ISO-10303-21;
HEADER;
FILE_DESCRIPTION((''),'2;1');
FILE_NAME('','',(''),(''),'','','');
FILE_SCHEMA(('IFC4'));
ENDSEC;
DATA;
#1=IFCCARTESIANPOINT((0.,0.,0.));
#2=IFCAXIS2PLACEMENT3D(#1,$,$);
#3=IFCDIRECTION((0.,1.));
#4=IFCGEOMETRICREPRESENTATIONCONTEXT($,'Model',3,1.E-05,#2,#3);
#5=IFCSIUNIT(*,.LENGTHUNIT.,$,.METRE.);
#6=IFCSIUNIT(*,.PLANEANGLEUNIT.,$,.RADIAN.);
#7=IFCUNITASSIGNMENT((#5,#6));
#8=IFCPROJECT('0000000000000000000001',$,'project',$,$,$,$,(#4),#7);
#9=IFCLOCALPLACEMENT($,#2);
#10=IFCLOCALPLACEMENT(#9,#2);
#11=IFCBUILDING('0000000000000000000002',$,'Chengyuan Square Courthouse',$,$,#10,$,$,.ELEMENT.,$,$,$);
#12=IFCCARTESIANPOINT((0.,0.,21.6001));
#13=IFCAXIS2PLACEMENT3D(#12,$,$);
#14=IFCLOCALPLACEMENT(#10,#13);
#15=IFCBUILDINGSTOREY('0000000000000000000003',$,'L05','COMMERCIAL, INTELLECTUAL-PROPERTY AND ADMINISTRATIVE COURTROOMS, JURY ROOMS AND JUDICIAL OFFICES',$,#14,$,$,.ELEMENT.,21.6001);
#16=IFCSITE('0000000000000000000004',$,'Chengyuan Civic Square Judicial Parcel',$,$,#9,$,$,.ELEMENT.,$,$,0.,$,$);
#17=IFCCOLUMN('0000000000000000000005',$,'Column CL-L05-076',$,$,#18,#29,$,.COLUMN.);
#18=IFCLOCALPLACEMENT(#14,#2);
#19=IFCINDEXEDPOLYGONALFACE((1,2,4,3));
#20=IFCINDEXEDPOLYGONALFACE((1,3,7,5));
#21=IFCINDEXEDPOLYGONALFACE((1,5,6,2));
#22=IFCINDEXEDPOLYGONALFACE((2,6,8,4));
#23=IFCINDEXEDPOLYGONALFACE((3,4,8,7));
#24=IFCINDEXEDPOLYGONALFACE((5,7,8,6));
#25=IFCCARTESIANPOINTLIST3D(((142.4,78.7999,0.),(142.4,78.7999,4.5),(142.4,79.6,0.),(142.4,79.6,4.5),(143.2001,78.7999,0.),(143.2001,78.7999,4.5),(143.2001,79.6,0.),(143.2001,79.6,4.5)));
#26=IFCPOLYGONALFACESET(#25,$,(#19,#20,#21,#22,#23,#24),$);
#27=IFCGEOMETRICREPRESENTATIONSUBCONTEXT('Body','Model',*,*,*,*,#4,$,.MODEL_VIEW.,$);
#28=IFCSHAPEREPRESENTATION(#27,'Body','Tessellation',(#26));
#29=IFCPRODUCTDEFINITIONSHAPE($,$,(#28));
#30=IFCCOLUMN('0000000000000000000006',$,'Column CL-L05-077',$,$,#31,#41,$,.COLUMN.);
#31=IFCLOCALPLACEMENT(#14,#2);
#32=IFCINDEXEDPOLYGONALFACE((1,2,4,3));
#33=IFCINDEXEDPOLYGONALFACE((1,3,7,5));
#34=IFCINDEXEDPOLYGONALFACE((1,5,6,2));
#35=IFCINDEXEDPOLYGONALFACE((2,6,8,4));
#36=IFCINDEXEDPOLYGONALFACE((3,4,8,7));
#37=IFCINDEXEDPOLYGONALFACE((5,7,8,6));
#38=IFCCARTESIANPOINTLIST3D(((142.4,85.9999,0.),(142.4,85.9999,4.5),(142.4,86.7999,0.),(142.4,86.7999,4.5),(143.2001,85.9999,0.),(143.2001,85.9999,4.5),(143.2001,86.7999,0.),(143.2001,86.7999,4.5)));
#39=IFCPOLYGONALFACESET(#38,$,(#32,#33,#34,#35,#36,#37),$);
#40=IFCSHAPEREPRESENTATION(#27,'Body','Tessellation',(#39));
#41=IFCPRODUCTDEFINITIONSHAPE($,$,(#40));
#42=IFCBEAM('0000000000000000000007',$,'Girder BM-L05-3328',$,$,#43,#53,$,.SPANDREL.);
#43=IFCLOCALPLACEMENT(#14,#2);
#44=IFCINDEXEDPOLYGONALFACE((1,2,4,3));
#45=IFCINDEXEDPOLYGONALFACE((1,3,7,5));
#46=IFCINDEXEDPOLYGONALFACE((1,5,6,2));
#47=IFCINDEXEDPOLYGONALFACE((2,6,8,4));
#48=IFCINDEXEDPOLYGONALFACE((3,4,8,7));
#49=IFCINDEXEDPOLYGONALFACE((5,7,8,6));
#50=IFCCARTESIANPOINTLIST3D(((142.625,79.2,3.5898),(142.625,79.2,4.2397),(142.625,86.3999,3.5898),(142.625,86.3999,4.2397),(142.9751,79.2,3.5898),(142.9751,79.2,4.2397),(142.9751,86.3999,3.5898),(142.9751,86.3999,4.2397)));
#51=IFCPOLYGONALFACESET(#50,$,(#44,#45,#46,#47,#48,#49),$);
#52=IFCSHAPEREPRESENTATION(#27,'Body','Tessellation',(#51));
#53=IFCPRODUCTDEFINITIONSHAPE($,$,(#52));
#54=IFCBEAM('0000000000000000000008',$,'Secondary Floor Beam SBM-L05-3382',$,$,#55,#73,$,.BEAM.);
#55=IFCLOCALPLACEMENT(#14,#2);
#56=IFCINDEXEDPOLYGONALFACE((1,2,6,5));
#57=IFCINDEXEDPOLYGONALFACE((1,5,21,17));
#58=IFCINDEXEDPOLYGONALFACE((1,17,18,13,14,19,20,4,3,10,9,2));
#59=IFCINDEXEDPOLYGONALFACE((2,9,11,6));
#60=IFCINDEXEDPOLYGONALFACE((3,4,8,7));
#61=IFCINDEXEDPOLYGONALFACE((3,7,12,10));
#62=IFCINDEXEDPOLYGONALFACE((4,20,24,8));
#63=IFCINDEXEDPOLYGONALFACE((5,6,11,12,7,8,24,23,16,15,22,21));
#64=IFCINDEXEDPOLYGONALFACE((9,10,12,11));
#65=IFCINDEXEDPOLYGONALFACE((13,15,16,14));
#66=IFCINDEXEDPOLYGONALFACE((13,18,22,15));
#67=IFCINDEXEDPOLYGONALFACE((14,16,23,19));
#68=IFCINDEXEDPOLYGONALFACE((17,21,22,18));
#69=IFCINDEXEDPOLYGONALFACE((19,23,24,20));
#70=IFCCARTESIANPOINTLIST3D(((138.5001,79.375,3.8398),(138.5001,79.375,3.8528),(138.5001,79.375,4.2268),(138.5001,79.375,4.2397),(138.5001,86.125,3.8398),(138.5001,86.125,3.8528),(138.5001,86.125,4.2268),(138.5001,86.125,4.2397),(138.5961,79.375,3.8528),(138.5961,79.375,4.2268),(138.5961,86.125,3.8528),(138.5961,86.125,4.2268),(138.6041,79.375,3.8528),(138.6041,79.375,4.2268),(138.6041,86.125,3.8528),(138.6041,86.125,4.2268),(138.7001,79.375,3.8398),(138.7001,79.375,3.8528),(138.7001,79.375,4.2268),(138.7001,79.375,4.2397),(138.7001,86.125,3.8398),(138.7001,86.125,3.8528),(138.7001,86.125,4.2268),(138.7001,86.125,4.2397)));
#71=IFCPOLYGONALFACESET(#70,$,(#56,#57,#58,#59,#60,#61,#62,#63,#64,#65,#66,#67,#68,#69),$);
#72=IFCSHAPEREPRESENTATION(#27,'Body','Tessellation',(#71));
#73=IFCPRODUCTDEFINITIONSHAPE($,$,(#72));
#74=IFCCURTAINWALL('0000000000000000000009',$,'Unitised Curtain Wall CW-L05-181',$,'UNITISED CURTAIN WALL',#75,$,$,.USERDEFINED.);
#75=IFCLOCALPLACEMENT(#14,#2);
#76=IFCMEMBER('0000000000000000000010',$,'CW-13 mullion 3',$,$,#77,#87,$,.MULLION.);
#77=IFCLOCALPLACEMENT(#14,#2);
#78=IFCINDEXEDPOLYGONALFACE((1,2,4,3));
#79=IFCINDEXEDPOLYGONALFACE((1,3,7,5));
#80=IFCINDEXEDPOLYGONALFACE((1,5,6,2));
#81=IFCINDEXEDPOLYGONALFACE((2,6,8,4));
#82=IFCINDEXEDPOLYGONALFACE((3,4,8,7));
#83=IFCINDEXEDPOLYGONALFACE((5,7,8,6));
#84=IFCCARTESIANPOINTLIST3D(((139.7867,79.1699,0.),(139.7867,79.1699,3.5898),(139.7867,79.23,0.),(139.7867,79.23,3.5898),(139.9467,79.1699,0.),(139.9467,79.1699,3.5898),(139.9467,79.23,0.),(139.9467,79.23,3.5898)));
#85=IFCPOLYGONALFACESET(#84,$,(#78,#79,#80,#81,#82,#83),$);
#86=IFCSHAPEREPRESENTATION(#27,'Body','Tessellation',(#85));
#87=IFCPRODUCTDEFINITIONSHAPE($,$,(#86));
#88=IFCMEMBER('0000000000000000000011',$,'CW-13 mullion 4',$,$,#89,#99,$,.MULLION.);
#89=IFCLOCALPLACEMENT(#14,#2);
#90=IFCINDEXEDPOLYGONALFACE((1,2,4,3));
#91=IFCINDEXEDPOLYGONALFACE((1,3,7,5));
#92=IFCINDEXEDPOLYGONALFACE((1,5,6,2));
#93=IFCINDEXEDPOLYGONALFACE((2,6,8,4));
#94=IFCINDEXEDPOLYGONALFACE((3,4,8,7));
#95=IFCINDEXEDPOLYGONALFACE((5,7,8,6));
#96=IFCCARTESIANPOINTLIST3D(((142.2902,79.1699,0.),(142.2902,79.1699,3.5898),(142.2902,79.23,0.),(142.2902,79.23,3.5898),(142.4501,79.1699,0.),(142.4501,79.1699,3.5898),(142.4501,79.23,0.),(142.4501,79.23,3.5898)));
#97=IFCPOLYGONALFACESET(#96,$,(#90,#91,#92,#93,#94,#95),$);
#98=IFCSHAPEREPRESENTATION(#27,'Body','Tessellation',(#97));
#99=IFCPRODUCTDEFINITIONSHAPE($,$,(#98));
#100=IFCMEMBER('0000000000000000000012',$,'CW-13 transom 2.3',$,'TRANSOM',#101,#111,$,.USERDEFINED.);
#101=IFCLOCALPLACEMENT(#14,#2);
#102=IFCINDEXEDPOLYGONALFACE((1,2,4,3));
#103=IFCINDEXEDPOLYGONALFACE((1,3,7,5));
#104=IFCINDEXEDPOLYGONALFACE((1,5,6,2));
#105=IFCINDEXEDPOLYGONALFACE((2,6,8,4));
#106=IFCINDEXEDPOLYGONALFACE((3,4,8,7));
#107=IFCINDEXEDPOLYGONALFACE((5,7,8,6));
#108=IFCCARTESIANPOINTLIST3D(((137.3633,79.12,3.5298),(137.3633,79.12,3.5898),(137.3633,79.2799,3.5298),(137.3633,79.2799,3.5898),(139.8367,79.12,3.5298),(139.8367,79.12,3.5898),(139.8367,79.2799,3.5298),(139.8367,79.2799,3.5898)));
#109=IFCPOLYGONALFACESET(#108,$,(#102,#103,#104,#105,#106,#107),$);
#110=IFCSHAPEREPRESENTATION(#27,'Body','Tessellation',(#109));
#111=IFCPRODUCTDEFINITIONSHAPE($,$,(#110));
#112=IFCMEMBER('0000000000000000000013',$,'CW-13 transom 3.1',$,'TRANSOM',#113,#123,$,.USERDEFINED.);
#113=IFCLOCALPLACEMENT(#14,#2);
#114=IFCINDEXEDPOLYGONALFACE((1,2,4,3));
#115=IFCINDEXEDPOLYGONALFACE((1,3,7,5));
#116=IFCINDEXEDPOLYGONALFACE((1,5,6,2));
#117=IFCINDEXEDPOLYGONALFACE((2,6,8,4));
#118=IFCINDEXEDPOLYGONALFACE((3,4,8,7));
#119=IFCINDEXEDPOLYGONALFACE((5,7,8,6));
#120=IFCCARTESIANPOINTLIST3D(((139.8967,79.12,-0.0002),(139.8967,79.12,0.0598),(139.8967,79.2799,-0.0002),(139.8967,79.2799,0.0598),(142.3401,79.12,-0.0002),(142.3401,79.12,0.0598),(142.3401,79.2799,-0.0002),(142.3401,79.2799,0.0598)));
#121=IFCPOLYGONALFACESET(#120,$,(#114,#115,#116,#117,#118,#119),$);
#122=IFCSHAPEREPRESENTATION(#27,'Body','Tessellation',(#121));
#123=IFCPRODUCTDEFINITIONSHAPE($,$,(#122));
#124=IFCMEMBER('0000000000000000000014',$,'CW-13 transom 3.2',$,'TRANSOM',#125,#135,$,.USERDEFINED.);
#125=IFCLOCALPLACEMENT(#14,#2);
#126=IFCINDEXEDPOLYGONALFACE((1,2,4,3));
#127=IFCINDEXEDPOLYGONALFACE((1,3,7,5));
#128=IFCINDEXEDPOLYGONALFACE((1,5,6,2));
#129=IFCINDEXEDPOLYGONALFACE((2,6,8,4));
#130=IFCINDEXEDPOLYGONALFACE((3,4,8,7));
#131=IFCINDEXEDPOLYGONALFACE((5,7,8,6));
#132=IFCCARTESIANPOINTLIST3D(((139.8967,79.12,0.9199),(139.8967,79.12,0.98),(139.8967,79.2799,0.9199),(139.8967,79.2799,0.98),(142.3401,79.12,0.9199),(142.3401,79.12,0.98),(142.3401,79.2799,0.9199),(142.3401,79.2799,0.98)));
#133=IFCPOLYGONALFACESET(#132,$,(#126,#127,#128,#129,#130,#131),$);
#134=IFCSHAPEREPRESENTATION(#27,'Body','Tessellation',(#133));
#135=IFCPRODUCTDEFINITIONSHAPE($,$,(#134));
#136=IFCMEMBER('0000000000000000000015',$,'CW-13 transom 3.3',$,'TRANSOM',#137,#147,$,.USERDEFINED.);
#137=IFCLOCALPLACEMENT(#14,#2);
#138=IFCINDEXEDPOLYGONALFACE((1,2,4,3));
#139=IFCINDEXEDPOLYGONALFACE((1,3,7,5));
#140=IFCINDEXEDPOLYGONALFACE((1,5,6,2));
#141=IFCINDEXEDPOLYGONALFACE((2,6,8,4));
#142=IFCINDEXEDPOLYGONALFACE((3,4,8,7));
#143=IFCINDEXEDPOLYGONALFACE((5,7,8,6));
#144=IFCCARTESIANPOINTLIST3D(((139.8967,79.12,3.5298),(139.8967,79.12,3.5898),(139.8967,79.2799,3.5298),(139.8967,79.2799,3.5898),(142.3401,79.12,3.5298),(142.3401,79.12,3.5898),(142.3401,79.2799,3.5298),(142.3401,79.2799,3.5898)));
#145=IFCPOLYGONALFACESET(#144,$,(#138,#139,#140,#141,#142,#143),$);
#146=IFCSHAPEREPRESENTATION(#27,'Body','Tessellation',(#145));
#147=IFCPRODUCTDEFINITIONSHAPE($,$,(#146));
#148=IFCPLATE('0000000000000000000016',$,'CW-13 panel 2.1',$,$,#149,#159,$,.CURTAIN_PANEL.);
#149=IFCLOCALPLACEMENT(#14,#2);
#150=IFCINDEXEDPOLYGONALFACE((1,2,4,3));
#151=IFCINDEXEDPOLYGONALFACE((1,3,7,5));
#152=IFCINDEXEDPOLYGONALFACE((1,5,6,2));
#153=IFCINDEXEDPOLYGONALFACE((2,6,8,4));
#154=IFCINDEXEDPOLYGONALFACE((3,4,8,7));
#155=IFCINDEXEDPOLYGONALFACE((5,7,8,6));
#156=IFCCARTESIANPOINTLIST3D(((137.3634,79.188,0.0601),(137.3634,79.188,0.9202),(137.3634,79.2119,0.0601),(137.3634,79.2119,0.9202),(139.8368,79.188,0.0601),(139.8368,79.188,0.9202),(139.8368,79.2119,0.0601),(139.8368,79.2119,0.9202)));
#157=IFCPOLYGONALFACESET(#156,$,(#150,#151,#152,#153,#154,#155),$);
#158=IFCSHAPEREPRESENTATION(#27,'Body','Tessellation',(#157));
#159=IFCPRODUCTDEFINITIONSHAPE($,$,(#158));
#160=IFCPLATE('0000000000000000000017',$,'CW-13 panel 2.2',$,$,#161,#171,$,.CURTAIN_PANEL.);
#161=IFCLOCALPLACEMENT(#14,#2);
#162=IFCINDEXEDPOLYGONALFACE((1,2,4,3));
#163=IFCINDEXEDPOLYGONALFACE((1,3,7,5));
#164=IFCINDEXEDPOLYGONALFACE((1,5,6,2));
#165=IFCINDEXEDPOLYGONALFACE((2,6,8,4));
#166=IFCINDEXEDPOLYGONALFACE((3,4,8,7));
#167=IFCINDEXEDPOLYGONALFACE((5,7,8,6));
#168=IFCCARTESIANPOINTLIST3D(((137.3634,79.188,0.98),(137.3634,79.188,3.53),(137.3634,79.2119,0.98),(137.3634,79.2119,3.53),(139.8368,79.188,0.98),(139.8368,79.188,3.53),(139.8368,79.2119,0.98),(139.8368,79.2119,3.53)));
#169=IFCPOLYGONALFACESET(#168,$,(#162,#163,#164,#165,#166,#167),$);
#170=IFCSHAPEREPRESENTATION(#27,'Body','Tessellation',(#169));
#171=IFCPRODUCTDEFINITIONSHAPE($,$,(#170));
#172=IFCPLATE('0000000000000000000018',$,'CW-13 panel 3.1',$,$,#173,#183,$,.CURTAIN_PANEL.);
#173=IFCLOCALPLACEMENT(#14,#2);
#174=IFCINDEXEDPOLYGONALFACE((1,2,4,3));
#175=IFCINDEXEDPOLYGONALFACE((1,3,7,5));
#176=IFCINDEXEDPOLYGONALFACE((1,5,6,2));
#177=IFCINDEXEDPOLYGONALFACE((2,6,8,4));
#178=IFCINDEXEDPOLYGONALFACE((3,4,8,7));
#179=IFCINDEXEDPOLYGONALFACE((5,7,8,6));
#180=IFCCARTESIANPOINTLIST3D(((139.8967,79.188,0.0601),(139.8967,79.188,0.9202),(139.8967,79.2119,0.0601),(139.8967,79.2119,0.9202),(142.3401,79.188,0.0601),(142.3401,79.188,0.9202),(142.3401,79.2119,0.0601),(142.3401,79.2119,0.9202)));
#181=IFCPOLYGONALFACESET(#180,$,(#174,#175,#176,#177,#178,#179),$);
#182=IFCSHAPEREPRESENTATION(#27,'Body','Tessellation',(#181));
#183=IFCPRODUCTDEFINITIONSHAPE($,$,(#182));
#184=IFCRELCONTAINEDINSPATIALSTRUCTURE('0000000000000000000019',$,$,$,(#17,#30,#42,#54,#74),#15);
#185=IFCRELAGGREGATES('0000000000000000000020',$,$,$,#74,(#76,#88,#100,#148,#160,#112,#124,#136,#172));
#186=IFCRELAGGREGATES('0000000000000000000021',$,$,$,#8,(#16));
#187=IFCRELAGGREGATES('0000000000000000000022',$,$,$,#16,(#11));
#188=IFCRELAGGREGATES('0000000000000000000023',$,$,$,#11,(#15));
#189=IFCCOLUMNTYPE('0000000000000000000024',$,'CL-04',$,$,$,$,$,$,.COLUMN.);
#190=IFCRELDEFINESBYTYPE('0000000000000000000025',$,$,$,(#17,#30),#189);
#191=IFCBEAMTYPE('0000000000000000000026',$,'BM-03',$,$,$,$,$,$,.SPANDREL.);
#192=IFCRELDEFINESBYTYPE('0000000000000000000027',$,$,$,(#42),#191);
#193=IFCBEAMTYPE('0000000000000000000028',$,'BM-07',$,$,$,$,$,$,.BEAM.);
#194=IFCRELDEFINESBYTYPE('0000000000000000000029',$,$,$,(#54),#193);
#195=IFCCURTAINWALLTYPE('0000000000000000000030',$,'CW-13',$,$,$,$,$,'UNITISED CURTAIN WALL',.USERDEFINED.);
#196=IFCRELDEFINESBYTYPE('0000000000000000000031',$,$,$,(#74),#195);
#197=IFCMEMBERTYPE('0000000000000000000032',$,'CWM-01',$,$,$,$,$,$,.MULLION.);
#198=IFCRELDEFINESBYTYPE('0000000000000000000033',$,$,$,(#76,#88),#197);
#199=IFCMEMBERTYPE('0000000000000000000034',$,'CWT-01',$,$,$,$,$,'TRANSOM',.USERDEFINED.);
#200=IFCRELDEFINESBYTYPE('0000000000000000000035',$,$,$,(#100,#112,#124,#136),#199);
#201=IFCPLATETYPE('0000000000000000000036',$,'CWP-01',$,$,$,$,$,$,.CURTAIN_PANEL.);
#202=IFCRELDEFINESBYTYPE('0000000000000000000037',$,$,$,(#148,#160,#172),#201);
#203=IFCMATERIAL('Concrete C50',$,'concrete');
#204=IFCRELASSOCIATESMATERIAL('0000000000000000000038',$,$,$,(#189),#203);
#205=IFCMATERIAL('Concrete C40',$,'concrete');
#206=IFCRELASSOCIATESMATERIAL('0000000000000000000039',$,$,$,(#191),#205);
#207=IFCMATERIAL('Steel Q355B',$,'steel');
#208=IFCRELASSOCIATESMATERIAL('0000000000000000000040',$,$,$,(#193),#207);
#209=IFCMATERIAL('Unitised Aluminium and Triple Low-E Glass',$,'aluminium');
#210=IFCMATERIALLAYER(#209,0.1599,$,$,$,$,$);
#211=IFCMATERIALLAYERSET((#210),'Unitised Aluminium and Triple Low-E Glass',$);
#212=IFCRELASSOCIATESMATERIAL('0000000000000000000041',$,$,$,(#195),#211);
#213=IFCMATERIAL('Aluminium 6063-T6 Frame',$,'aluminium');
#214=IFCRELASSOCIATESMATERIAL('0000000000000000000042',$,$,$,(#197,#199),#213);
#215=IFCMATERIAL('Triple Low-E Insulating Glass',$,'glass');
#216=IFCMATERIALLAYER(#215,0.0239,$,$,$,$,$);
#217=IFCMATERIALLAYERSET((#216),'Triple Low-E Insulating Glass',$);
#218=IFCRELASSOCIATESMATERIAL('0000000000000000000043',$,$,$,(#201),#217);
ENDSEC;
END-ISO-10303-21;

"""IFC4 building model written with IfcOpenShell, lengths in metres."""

from ifc_helpers import new_model, si_unit, direction, frame, origin, origin_2d, place, context, subcontext, project, spatial, rectangle, i_section, extrude, material, layer, layer_set, material_profile, profile_set, type_object, element, aggregate, save


model = new_model("IFC4")

# Units and contexts
model_context = context("Model", 3, precision=1e-05, world=origin(), true_north=direction((0.0, 1.0)))
body_context = subcontext(model_context, "Body", "Model", "MODEL_VIEW")
ifc_project = project(units=[si_unit("LENGTHUNIT", "METRE"), si_unit("PLANEANGLEUNIT", "RADIAN")], contexts=[model_context])

# Site, building, storey
site_placement = place(None, origin())
site = spatial("IfcSite", under=ifc_project, at=site_placement, Name="Chengyuan Civic Square Judicial Parcel", CompositionType="ELEMENT", RefElevation=0.0)
building_placement = place(site_placement, origin())
building = spatial("IfcBuilding", under=site, at=building_placement, Name="Chengyuan Square Courthouse", CompositionType="ELEMENT")
storey_placement = place(building_placement, frame((0.0, 0.0, 21.6001)))
storey = spatial("IfcBuildingStorey", under=building, at=storey_placement, Name="L05", Description="COMMERCIAL, INTELLECTUAL-PROPERTY AND ADMINISTRATIVE COURTROOMS, JURY ROOMS AND JUDICIAL OFFICES", CompositionType="ELEMENT", Elevation=21.6001)

# Columns
ifc_material_1 = material(Name="Concrete C50", Category="concrete")
ifc_material_profile_1 = material_profile(ifc_material_1, rectangle(XDim=0.8, YDim=0.8, at=origin_2d()), Name="RC-COL-800x800")
ifc_profile_set_1 = profile_set([ifc_material_profile_1], Name="Concrete C50")
column_type = type_object("IfcColumnType", Name="CL-04", PredefinedType="COLUMN", material=ifc_profile_set_1)
for number, where, z_axis, x_axis, name in (
    (1, (142.8, 79.2, 0.0), (0.0, 0.0, 1.0), (1.0, 0.0, 0.0), "Column CL-L05-076"),
    (2, (142.8, 86.3999, 0.0), (0.0, 0.0, 1.0), (1.0, 0.0, 0.0), "Column CL-L05-077"),
):
    element("IfcColumn", number, at=place(storey_placement, frame(where, z_axis=z_axis, x_axis=x_axis)), inside=storey, type_object=column_type, Name=name, PredefinedType="COLUMN", context=body_context, shape_type="SweptSolid", body=[
        extrude(rectangle(XDim=0.8, YDim=0.8, at=origin_2d()), origin(), (0.0, 0.0, 1.0), 4.5),
    ])

# Beams
ifc_material_2 = material(Name="Concrete C40", Category="concrete")
ifc_material_profile_2 = material_profile(ifc_material_2, rectangle(XDim=0.3501, YDim=0.6499, at=origin_2d()), Name="RC-BM-350x650")
ifc_profile_set_2 = profile_set([ifc_material_profile_2], Name="Concrete C40")
beam_type_1 = type_object("IfcBeamType", Name="BM-03", PredefinedType="SPANDREL", material=ifc_profile_set_2)
beam_1_placement = place(storey_placement, frame((142.8, 79.2, 3.9148), z_axis=(0.0, 1.0, 0.0), x_axis=(-1.0, 0.0, 0.0)))
element("IfcBeam", 3, at=beam_1_placement, inside=storey, type_object=beam_type_1, Name="Girder BM-L05-3328", PredefinedType="SPANDREL", context=body_context, shape_type="SweptSolid", body=[
    extrude(rectangle(XDim=0.3501, YDim=0.6499, at=origin_2d()), origin(), (0.0, 0.0, 1.0), 7.2),
])
ifc_material_3 = material(Name="Steel Q355B", Category="steel")
ifc_material_profile_3 = material_profile(ifc_material_3, i_section(OverallWidth=0.2, OverallDepth=0.3999, WebThickness=0.0081, FlangeThickness=0.0129, at=origin_2d()), Name="HN 400x200x8x13")
ifc_profile_set_3 = profile_set([ifc_material_profile_3], Name="Steel Q355B")
beam_type_2 = type_object("IfcBeamType", Name="BM-07", PredefinedType="BEAM", material=ifc_profile_set_3)
beam_2_placement = place(storey_placement, frame((138.6001, 79.375, 4.0398), z_axis=(0.0, 1.0, 0.0), x_axis=(-1.0, 0.0, 0.0)))
element("IfcBeam", 4, at=beam_2_placement, inside=storey, type_object=beam_type_2, Name="Secondary Floor Beam SBM-L05-3382", PredefinedType="BEAM", context=body_context, shape_type="SweptSolid", body=[
    extrude(i_section(OverallWidth=0.2, OverallDepth=0.3999, WebThickness=0.0081, FlangeThickness=0.0129, at=origin_2d()), origin(), (0.0, 0.0, 1.0), 6.75),
])

# Curtain wall, members, plates
ifc_material_4 = material(Name="Unitised Aluminium and Triple Low-E Glass", Category="aluminium")
ifc_layer_1 = layer(ifc_material_4, 0.1599)
ifc_layer_set_1 = layer_set([ifc_layer_1], Name="Unitised Aluminium and Triple Low-E Glass")
curtain_wall_type = type_object("IfcCurtainWallType", Name="CW-13", ElementType="UNITISED CURTAIN WALL", PredefinedType="USERDEFINED", material=ifc_layer_set_1)
curtain_wall_placement = place(storey_placement, origin())
curtain_wall = element("IfcCurtainWall", 5, at=curtain_wall_placement, inside=storey, type_object=curtain_wall_type, Name="Unitised Curtain Wall CW-L05-181", ObjectType="UNITISED CURTAIN WALL", PredefinedType="USERDEFINED")
ifc_material_5 = material(Name="Aluminium 6063-T6 Frame", Category="aluminium")
ifc_material_profile_4 = material_profile(ifc_material_5, rectangle(XDim=0.0601, YDim=0.1599, at=origin_2d()), Name="CW-MUL-60x160")
ifc_profile_set_4 = profile_set([ifc_material_profile_4], Name="Aluminium 6063-T6 Frame")
member_type_1 = type_object("IfcMemberType", Name="CWM-01", PredefinedType="MULLION", material=ifc_profile_set_4)
member_1_placement = place(storey_placement, frame((139.8667, 79.2, 0.0), z_axis=(0.0, 0.0, 1.0), x_axis=(0.0, 1.0, 0.0)))
member_1 = element("IfcMember", 6, at=member_1_placement, type_object=member_type_1, Name="CW-13 mullion 3", PredefinedType="MULLION", context=body_context, shape_type="SweptSolid", body=[
    extrude(rectangle(XDim=0.0601, YDim=0.1599, at=origin_2d()), origin(), (0.0, 0.0, 1.0), 3.5898),
])
member_2_placement = place(storey_placement, frame((142.3701, 79.2, 0.0), z_axis=(0.0, 0.0, 1.0), x_axis=(0.0, 1.0, 0.0)))
member_2 = element("IfcMember", 7, at=member_2_placement, type_object=member_type_1, Name="CW-13 mullion 4", PredefinedType="MULLION", context=body_context, shape_type="SweptSolid", body=[
    extrude(rectangle(XDim=0.0601, YDim=0.1599, at=origin_2d()), origin(), (0.0, 0.0, 1.0), 3.5898),
])
ifc_material_profile_5 = material_profile(ifc_material_5, rectangle(XDim=0.1599, YDim=0.0601, at=origin_2d()), Name="CW-TRN-60x120")
ifc_profile_set_5 = profile_set([ifc_material_profile_5], Name="Aluminium 6063-T6 Frame")
member_type_2 = type_object("IfcMemberType", Name="CWT-01", ElementType="TRANSOM", PredefinedType="USERDEFINED", material=ifc_profile_set_5)
member_3_placement = place(storey_placement, frame((137.3633, 79.2, 3.5598), z_axis=(1.0, 0.0, 0.0), x_axis=(0.0, 1.0, 0.0)))
member_3 = element("IfcMember", 8, at=member_3_placement, type_object=member_type_2, Name="CW-13 transom 2.3", ObjectType="TRANSOM", PredefinedType="USERDEFINED", context=body_context, shape_type="SweptSolid", body=[
    extrude(rectangle(XDim=0.1599, YDim=0.0601, at=origin_2d()), origin(), (0.0, 0.0, 1.0), 2.4734),
])
member_4_placement = place(storey_placement, frame((139.8967, 79.2, 0.0298), z_axis=(1.0, 0.0, 0.0), x_axis=(0.0, 1.0, 0.0)))
member_4 = element("IfcMember", 9, at=member_4_placement, type_object=member_type_2, Name="CW-13 transom 3.1", ObjectType="TRANSOM", PredefinedType="USERDEFINED", context=body_context, shape_type="SweptSolid", body=[
    extrude(rectangle(XDim=0.1599, YDim=0.0601, at=origin_2d()), origin(), (0.0, 0.0, 1.0), 2.4434),
])
member_5_placement = place(storey_placement, frame((139.8967, 79.2, 0.95), z_axis=(1.0, 0.0, 0.0), x_axis=(0.0, 1.0, 0.0)))
member_5 = element("IfcMember", 10, at=member_5_placement, type_object=member_type_2, Name="CW-13 transom 3.2", ObjectType="TRANSOM", PredefinedType="USERDEFINED", context=body_context, shape_type="SweptSolid", body=[
    extrude(rectangle(XDim=0.1599, YDim=0.0601, at=origin_2d()), origin(), (0.0, 0.0, 1.0), 2.4434),
])
member_6_placement = place(storey_placement, frame((139.8967, 79.2, 3.5598), z_axis=(1.0, 0.0, 0.0), x_axis=(0.0, 1.0, 0.0)))
member_6 = element("IfcMember", 11, at=member_6_placement, type_object=member_type_2, Name="CW-13 transom 3.3", ObjectType="TRANSOM", PredefinedType="USERDEFINED", context=body_context, shape_type="SweptSolid", body=[
    extrude(rectangle(XDim=0.1599, YDim=0.0601, at=origin_2d()), origin(), (0.0, 0.0, 1.0), 2.4434),
])
ifc_material_6 = material(Name="Triple Low-E Insulating Glass", Category="glass")
ifc_layer_2 = layer(ifc_material_6, 0.0239)
ifc_layer_set_2 = layer_set([ifc_layer_2], Name="Triple Low-E Insulating Glass")
plate_type = type_object("IfcPlateType", Name="CWP-01", PredefinedType="CURTAIN_PANEL", material=ifc_layer_set_2)
plate_1_placement = place(storey_placement, frame((138.6001, 79.2, 0.0601), z_axis=(0.0, 0.0, 1.0), x_axis=(1.0, 0.0, 0.0)))
plate_1 = element("IfcPlate", 12, at=plate_1_placement, type_object=plate_type, Name="CW-13 panel 2.1", PredefinedType="CURTAIN_PANEL", context=body_context, shape_type="SweptSolid", body=[
    extrude(rectangle(XDim=2.4734, YDim=0.0239, at=origin_2d()), origin(), (0.0, 0.0, 1.0), 0.8601),
])
plate_2_placement = place(storey_placement, frame((138.6001, 79.2, 0.98), z_axis=(0.0, 0.0, 1.0), x_axis=(1.0, 0.0, 0.0)))
plate_2 = element("IfcPlate", 13, at=plate_2_placement, type_object=plate_type, Name="CW-13 panel 2.2", PredefinedType="CURTAIN_PANEL", context=body_context, shape_type="SweptSolid", body=[
    extrude(rectangle(XDim=2.4734, YDim=0.0239, at=origin_2d()), origin(), (0.0, 0.0, 1.0), 2.55),
])
plate_3_placement = place(storey_placement, frame((141.1184, 79.2, 0.0601), z_axis=(0.0, 0.0, 1.0), x_axis=(1.0, 0.0, 0.0)))
plate_3 = element("IfcPlate", 14, at=plate_3_placement, type_object=plate_type, Name="CW-13 panel 3.1", PredefinedType="CURTAIN_PANEL", context=body_context, shape_type="SweptSolid", body=[
    extrude(rectangle(XDim=2.4434, YDim=0.0239, at=origin_2d()), origin(), (0.0, 0.0, 1.0), 0.8601),
])
aggregate(curtain_wall, [member_1, member_2, member_3, plate_1, plate_2, member_4, member_5, member_6, plate_3])

save(model, "model.ifc")
